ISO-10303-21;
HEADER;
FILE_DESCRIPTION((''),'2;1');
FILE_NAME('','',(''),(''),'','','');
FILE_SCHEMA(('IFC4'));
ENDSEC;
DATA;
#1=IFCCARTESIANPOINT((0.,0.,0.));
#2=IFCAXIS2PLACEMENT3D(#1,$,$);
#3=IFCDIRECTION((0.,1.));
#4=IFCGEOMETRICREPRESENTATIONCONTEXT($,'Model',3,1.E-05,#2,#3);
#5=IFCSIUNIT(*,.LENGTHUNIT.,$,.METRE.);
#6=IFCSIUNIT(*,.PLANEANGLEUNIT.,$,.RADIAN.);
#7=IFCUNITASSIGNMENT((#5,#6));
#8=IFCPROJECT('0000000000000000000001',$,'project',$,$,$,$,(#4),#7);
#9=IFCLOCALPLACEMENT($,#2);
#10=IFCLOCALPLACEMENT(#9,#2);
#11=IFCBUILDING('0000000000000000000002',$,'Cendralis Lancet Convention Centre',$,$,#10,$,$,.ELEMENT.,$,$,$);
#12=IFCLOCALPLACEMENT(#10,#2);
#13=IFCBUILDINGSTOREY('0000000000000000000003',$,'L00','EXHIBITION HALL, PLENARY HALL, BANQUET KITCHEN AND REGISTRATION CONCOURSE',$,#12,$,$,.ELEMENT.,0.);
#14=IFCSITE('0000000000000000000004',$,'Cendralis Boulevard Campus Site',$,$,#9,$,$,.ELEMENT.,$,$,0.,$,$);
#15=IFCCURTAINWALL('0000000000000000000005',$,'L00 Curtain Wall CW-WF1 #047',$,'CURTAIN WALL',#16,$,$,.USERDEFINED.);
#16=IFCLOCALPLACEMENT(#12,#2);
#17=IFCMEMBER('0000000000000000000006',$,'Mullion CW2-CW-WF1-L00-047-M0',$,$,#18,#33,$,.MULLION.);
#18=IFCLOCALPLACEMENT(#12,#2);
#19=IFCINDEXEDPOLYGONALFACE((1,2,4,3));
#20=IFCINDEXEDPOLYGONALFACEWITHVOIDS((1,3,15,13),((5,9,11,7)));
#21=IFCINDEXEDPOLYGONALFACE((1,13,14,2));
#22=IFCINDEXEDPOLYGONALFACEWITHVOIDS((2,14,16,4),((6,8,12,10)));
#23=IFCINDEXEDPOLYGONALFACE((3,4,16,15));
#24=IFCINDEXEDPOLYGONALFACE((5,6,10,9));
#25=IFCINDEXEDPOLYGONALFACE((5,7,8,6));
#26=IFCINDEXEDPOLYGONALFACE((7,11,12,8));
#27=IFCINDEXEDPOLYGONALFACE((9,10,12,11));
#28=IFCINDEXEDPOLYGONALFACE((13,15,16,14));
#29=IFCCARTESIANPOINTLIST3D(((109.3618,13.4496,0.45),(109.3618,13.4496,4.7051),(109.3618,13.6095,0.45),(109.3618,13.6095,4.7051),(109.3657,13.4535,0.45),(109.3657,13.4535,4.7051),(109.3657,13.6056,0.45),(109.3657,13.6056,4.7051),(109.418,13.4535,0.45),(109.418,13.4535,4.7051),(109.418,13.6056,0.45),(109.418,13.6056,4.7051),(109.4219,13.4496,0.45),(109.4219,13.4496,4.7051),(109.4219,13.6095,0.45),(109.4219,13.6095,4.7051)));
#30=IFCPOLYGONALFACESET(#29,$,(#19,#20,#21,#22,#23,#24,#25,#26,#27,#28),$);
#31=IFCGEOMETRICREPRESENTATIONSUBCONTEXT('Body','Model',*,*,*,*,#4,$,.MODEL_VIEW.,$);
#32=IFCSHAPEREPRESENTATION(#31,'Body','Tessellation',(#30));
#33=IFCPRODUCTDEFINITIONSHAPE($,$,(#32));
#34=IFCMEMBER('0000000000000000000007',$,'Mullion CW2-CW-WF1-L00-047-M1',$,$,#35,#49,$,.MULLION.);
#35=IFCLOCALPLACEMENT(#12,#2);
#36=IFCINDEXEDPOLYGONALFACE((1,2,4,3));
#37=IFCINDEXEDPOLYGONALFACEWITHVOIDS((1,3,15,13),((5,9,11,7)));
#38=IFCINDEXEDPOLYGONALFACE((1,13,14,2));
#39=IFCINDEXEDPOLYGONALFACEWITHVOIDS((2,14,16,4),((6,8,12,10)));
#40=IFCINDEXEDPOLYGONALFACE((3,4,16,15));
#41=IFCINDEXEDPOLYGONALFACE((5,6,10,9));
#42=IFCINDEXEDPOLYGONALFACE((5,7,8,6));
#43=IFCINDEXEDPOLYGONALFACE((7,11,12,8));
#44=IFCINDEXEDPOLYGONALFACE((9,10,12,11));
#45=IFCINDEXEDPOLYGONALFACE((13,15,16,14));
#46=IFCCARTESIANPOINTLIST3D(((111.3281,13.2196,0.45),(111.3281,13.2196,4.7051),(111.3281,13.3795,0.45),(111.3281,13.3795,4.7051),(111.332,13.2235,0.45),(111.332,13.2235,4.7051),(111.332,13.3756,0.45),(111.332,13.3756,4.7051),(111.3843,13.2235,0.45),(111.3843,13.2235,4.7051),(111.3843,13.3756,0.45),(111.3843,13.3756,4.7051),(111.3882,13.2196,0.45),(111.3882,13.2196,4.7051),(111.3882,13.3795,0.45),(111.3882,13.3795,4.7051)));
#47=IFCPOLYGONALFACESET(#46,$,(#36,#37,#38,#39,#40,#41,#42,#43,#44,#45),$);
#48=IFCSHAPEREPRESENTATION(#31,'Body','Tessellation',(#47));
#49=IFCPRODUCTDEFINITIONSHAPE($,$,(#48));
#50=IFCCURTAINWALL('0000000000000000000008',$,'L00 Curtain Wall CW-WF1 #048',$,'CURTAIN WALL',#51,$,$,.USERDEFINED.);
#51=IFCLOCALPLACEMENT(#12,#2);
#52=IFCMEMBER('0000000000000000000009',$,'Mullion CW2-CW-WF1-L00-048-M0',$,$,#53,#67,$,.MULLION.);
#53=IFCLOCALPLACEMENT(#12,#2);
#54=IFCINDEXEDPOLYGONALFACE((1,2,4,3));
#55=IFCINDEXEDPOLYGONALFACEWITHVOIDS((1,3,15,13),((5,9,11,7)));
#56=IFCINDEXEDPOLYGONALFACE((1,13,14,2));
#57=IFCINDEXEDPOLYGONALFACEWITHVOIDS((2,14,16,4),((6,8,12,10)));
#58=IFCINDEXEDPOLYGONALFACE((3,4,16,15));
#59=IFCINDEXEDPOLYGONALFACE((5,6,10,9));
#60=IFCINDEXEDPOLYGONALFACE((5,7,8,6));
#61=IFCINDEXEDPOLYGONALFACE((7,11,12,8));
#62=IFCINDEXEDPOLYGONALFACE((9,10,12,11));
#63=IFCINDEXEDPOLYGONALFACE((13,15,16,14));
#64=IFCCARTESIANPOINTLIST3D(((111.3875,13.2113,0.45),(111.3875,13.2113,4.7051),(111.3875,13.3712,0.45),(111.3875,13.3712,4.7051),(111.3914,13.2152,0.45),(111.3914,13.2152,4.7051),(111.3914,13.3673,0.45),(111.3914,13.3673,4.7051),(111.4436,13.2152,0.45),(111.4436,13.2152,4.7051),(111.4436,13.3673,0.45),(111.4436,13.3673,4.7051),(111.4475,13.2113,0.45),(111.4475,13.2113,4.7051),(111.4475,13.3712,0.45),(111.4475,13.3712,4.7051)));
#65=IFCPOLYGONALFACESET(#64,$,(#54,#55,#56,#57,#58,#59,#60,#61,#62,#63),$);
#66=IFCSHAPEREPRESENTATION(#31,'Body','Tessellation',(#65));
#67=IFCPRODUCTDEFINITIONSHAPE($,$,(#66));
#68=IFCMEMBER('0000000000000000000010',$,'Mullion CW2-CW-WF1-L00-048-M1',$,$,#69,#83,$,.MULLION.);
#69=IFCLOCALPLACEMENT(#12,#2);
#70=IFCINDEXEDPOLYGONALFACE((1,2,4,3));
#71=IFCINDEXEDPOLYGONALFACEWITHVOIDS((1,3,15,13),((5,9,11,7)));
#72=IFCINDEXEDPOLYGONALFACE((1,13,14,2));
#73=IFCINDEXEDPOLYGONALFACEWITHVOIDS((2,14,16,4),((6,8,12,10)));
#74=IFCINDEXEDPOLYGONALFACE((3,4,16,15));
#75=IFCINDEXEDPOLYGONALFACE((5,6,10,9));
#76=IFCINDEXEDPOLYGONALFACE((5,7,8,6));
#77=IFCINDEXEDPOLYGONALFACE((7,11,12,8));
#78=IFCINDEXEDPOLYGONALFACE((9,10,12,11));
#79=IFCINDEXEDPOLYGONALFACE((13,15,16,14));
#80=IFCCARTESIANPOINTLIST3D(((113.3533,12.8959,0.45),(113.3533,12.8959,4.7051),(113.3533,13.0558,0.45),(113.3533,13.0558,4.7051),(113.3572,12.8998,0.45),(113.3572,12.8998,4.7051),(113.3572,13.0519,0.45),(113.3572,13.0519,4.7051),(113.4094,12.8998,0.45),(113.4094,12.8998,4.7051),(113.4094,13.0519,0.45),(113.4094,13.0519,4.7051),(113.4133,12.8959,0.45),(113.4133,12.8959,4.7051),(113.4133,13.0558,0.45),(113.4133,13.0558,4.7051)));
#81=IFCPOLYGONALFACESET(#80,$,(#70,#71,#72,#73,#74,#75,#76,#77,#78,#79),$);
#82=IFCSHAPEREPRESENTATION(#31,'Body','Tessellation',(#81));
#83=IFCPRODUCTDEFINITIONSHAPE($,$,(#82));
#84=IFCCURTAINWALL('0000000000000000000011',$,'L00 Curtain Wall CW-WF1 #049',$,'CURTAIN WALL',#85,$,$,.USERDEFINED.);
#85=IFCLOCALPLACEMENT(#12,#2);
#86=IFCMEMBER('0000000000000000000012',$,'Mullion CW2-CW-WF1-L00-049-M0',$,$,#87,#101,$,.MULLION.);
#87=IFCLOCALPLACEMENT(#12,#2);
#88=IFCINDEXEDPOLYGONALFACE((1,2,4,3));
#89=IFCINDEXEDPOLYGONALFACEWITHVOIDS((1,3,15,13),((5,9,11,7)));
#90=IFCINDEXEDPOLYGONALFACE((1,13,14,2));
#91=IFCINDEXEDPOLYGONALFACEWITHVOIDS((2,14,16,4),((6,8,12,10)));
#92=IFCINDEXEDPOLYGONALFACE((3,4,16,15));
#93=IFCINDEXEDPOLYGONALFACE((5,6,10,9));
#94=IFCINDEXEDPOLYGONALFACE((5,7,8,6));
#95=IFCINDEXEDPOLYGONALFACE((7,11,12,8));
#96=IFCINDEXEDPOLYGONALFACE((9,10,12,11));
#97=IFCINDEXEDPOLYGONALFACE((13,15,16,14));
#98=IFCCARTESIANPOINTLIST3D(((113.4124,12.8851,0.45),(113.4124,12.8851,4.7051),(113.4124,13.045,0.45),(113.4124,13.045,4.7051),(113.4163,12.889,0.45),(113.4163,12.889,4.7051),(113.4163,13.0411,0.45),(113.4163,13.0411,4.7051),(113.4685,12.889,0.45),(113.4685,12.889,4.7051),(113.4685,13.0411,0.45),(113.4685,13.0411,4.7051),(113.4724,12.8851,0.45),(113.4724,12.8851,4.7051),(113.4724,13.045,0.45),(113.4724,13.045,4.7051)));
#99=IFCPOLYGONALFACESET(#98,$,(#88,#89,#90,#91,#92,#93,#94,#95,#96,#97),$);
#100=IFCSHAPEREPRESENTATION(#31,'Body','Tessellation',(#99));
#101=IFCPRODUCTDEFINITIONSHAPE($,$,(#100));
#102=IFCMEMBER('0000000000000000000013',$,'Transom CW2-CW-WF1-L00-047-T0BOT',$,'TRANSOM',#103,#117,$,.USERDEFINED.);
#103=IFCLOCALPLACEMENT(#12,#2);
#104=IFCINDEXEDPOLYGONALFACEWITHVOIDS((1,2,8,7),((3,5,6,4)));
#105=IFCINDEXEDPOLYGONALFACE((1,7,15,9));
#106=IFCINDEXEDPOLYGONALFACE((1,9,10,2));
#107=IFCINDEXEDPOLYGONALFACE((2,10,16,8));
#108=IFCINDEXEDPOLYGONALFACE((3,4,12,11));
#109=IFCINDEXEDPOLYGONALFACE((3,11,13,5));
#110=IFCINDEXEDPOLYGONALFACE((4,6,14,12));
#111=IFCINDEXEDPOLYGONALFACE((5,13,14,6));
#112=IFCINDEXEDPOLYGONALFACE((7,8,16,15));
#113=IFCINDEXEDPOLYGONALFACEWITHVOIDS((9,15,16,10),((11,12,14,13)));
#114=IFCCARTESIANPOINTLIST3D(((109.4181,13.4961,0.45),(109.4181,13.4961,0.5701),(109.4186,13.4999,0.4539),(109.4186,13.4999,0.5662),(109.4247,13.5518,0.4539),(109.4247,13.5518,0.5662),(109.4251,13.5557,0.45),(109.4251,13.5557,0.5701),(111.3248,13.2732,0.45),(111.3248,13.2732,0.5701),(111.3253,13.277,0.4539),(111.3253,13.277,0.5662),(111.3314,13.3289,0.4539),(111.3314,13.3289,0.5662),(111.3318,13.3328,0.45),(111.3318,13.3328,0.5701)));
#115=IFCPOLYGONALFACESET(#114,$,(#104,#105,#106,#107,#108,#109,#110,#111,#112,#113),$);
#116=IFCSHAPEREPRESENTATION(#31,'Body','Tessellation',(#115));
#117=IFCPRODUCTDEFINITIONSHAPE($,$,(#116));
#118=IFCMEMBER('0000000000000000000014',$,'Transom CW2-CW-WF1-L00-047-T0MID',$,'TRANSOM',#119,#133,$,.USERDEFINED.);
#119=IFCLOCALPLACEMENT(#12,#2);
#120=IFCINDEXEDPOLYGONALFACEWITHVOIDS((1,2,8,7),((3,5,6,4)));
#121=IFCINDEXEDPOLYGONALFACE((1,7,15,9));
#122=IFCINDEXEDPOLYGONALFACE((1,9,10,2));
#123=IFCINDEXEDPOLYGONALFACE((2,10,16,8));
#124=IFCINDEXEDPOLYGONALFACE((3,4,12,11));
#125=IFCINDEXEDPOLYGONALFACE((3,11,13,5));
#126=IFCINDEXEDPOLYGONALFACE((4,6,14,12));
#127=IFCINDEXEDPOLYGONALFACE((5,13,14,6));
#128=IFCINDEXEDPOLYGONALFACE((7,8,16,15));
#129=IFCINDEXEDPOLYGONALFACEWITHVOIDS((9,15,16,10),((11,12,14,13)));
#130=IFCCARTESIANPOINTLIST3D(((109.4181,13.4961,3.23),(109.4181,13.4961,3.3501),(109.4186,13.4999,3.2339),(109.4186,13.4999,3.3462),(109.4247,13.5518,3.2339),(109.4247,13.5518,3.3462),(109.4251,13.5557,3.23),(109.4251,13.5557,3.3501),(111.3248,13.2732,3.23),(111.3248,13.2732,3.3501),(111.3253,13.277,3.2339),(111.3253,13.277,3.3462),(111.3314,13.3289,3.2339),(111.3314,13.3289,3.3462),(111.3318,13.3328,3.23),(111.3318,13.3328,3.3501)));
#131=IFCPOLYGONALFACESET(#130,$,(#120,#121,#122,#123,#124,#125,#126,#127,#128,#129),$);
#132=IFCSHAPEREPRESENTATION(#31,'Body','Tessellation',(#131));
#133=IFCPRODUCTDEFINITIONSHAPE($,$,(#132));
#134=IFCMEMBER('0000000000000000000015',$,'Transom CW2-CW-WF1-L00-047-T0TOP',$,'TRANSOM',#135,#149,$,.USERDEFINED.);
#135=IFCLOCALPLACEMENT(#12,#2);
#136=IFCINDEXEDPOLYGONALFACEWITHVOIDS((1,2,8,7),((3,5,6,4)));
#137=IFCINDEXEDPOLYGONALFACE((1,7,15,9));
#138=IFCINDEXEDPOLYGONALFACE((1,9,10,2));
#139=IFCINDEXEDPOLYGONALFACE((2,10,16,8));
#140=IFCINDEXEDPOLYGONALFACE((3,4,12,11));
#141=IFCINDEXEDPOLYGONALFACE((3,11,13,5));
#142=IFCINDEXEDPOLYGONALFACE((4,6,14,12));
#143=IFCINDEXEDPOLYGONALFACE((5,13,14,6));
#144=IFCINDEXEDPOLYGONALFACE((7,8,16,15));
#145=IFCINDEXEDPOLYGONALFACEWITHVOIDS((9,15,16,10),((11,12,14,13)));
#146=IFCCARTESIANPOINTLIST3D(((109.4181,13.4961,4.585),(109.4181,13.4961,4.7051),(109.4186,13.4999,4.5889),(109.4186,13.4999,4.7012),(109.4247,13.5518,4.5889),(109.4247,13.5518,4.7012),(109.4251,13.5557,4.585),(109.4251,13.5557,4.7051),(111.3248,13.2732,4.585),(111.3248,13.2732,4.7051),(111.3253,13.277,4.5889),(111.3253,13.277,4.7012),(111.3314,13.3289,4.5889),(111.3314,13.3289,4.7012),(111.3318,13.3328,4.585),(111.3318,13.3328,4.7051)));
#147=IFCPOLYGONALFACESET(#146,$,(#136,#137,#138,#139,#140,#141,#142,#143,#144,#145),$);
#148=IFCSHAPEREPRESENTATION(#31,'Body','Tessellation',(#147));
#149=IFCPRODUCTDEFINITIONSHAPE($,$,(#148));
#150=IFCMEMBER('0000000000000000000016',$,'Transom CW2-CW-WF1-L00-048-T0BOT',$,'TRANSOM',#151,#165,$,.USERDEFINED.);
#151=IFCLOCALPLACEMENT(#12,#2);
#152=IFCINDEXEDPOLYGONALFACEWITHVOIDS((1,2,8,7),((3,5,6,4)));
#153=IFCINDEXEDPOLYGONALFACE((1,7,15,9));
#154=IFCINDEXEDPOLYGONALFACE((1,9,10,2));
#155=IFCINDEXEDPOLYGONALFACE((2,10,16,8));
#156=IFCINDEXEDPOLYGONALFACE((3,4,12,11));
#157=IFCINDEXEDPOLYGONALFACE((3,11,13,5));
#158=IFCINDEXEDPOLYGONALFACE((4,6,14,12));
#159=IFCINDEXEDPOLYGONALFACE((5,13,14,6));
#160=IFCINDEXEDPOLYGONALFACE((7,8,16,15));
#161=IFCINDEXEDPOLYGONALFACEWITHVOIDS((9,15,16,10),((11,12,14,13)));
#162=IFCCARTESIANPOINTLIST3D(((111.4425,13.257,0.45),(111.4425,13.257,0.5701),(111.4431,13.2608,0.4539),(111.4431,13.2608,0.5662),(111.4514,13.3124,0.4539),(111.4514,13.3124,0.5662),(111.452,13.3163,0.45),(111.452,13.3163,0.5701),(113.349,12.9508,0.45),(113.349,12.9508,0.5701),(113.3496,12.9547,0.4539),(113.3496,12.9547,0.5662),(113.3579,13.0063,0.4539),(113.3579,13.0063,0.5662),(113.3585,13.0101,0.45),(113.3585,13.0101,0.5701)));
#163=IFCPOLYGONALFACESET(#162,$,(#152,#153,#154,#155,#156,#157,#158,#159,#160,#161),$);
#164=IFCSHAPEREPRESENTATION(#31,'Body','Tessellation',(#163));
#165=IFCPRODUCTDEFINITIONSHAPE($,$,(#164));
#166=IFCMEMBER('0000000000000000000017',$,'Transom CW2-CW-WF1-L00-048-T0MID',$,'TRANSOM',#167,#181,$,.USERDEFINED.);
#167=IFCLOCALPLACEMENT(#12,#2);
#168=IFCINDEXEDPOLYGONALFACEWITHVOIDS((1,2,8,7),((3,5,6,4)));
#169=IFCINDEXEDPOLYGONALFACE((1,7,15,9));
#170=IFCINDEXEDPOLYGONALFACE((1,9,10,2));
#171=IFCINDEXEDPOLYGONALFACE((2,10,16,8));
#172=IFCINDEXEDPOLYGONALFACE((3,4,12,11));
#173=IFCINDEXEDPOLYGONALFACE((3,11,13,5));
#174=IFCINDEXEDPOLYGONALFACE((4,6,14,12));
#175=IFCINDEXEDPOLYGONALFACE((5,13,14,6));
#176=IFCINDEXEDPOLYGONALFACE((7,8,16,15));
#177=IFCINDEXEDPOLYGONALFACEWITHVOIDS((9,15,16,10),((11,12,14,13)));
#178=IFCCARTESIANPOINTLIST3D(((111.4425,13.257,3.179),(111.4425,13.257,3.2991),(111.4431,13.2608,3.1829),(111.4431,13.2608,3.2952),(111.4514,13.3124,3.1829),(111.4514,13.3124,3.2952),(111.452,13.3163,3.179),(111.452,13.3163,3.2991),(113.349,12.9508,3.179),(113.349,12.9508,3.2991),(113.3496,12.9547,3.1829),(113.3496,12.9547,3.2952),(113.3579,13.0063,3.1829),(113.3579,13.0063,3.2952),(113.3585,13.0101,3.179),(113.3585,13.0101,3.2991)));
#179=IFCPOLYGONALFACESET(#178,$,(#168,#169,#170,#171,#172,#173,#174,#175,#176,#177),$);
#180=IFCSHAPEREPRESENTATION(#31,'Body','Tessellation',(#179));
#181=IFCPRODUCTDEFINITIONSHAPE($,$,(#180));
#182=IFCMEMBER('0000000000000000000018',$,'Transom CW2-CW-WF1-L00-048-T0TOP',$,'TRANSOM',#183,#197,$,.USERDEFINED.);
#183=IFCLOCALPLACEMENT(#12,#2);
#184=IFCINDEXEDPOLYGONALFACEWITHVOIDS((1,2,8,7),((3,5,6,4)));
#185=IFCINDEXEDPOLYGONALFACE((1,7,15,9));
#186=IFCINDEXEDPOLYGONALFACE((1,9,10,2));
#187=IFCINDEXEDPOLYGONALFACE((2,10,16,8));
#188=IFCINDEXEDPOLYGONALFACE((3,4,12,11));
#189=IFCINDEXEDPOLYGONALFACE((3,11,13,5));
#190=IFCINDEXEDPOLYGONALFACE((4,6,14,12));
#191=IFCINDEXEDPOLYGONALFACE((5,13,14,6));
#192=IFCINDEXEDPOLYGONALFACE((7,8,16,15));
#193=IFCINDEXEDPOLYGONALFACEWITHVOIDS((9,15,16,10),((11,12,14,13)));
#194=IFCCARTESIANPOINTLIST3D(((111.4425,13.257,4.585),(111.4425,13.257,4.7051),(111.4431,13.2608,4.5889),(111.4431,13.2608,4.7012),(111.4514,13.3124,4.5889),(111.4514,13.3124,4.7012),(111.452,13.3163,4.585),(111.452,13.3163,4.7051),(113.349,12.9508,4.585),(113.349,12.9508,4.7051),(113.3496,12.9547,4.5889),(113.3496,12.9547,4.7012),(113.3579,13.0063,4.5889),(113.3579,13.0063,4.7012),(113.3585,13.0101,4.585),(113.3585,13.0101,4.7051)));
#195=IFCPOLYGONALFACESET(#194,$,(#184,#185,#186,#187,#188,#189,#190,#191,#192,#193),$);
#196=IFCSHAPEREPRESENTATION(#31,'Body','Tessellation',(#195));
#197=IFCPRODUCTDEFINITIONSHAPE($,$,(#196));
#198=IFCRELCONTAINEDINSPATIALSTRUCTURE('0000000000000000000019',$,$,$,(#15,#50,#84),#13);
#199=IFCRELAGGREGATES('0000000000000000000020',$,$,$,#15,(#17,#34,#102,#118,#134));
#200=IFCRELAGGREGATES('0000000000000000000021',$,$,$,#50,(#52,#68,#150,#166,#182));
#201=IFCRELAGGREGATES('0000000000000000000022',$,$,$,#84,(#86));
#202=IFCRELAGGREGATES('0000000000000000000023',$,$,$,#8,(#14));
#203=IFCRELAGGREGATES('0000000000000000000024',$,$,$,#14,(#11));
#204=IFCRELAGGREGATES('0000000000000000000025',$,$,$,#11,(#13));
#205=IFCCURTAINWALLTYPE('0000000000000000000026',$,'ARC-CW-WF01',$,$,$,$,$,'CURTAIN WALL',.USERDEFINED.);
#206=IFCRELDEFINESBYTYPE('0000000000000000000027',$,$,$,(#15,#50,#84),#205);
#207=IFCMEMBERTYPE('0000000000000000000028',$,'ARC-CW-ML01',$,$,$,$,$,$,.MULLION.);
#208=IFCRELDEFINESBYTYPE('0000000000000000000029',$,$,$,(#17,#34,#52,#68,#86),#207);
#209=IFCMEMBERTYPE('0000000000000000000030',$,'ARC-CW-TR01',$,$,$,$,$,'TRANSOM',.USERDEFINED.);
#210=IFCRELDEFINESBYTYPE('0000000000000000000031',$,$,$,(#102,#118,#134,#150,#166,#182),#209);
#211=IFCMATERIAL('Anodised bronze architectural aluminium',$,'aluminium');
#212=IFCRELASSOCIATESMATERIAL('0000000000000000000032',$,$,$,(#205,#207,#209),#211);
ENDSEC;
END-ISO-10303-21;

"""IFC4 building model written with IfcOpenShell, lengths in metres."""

from ifc_helpers import new_model, si_unit, direction, frame, origin, origin_2d, place, context, subcontext, project, spatial, hollow_rectangle, extrude, material, material_profile, profile_set, type_object, element, aggregate, save


model = new_model("IFC4")

# Units and contexts
model_context = context("Model", 3, precision=1e-05, world=origin(), true_north=direction((0.0, 1.0)))
body_context = subcontext(model_context, "Body", "Model", "MODEL_VIEW")
ifc_project = project(units=[si_unit("LENGTHUNIT", "METRE"), si_unit("PLANEANGLEUNIT", "RADIAN")], contexts=[model_context])

# Site, building, storey
site_placement = place(None, origin())
site = spatial("IfcSite", under=ifc_project, at=site_placement, Name="Cendralis Boulevard Campus Site", CompositionType="ELEMENT", RefElevation=0.0)
building_placement = place(site_placement, origin())
building = spatial("IfcBuilding", under=site, at=building_placement, Name="Cendralis Lancet Convention Centre", CompositionType="ELEMENT")
storey_placement = place(building_placement, origin())
storey = spatial("IfcBuildingStorey", under=building, at=storey_placement, Name="L00", Description="EXHIBITION HALL, PLENARY HALL, BANQUET KITCHEN AND REGISTRATION CONCOURSE", CompositionType="ELEMENT", Elevation=0.0)

# Shared definitions
ifc_material_1 = material(Name="Anodised bronze architectural aluminium", Category="aluminium")
curtain_wall_type = type_object("IfcCurtainWallType", Name="ARC-CW-WF01", ElementType="CURTAIN WALL", PredefinedType="USERDEFINED", material=ifc_material_1)
ifc_material_profile_1 = material_profile(ifc_material_1, hollow_rectangle(XDim=0.0601, YDim=0.1599, WallThickness=0.0039, at=origin_2d()), Name="AL-MULL 60x160x4.0")
ifc_profile_set_1 = profile_set([ifc_material_profile_1], Name="Anodised bronze architectural aluminium")
member_type_1 = type_object("IfcMemberType", Name="ARC-CW-ML01", PredefinedType="MULLION", material=ifc_profile_set_1)

# Curtain walls, members
curtain_wall_1_placement = place(storey_placement, origin())
curtain_wall_1 = element("IfcCurtainWall", 1, at=curtain_wall_1_placement, inside=storey, type_object=curtain_wall_type, Name="L00 Curtain Wall CW-WF1 #047", ObjectType="CURTAIN WALL", PredefinedType="USERDEFINED")
member_1_placement = place(storey_placement, frame((109.3918, 13.5295, 0.45), z_axis=(0.0, 0.0, 1.0), x_axis=(1.0, 0.0, 0.0)))
member_1 = element("IfcMember", 2, at=member_1_placement, type_object=member_type_1, Name="Mullion CW2-CW-WF1-L00-047-M0", PredefinedType="MULLION", context=body_context, shape_type="SweptSolid", body=[
    extrude(hollow_rectangle(XDim=0.0601, YDim=0.1599, WallThickness=0.0039, at=origin_2d()), origin(), (0.0, 0.0, 1.0), 4.2551),
])
member_2_placement = place(storey_placement, frame((111.3582, 13.2996, 0.45), z_axis=(0.0, 0.0, 1.0), x_axis=(1.0, 0.0, 0.0)))
member_2 = element("IfcMember", 3, at=member_2_placement, type_object=member_type_1, Name="Mullion CW2-CW-WF1-L00-047-M1", PredefinedType="MULLION", context=body_context, shape_type="SweptSolid", body=[
    extrude(hollow_rectangle(XDim=0.0601, YDim=0.1599, WallThickness=0.0039, at=origin_2d()), origin(), (0.0, 0.0, 1.0), 4.2551),
])
curtain_wall_2_placement = place(storey_placement, origin())
curtain_wall_2 = element("IfcCurtainWall", 4, at=curtain_wall_2_placement, inside=storey, type_object=curtain_wall_type, Name="L00 Curtain Wall CW-WF1 #048", ObjectType="CURTAIN WALL", PredefinedType="USERDEFINED")
member_3_placement = place(storey_placement, frame((111.4175, 13.2913, 0.45), z_axis=(0.0, 0.0, 1.0), x_axis=(1.0, 0.0, 0.0)))
member_3 = element("IfcMember", 5, at=member_3_placement, type_object=member_type_1, Name="Mullion CW2-CW-WF1-L00-048-M0", PredefinedType="MULLION", context=body_context, shape_type="SweptSolid", body=[
    extrude(hollow_rectangle(XDim=0.0601, YDim=0.1599, WallThickness=0.0039, at=origin_2d()), origin(), (0.0, 0.0, 1.0), 4.2551),
])
member_4_placement = place(storey_placement, frame((113.3833, 12.9758, 0.45), z_axis=(0.0, 0.0, 1.0), x_axis=(1.0, 0.0, 0.0)))
member_4 = element("IfcMember", 6, at=member_4_placement, type_object=member_type_1, Name="Mullion CW2-CW-WF1-L00-048-M1", PredefinedType="MULLION", context=body_context, shape_type="SweptSolid", body=[
    extrude(hollow_rectangle(XDim=0.0601, YDim=0.1599, WallThickness=0.0039, at=origin_2d()), origin(), (0.0, 0.0, 1.0), 4.2551),
])

# Curtain wall, member
curtain_wall_3_placement = place(storey_placement, origin())
curtain_wall_3 = element("IfcCurtainWall", 7, at=curtain_wall_3_placement, inside=storey, type_object=curtain_wall_type, Name="L00 Curtain Wall CW-WF1 #049", ObjectType="CURTAIN WALL", PredefinedType="USERDEFINED")
member_5_placement = place(storey_placement, frame((113.4424, 12.9651, 0.45), z_axis=(0.0, 0.0, 1.0), x_axis=(1.0, 0.0, 0.0)))
member_5 = element("IfcMember", 8, at=member_5_placement, type_object=member_type_1, Name="Mullion CW2-CW-WF1-L00-049-M0", PredefinedType="MULLION", context=body_context, shape_type="SweptSolid", body=[
    extrude(hollow_rectangle(XDim=0.0601, YDim=0.1599, WallThickness=0.0039, at=origin_2d()), origin(), (0.0, 0.0, 1.0), 4.2551),
])

# Members
ifc_material_profile_2 = material_profile(ifc_material_1, hollow_rectangle(XDim=0.0601, YDim=0.1201, WallThickness=0.0039, at=origin_2d()), Name="AL-TRAN 60x120x4.0")
ifc_profile_set_2 = profile_set([ifc_material_profile_2], Name="Anodised bronze architectural aluminium")
member_type_2 = type_object("IfcMemberType", Name="ARC-CW-TR01", ElementType="TRANSOM", PredefinedType="USERDEFINED", material=ifc_profile_set_2)
member_6_placement = place(storey_placement, frame((109.4216, 13.5259, 0.51), z_axis=(0.993236, -0.116111, 0.0), x_axis=(0.116111, 0.993236, 0.0)))
member_6 = element("IfcMember", 9, at=member_6_placement, type_object=member_type_2, Name="Transom CW2-CW-WF1-L00-047-T0BOT", ObjectType="TRANSOM", PredefinedType="USERDEFINED", context=body_context, shape_type="SweptSolid", body=[
    extrude(hollow_rectangle(XDim=0.0601, YDim=0.1201, WallThickness=0.0039, at=origin_2d()), origin(), (0.0, 0.0, 1.0), 1.9197),
])
member_7_placement = place(storey_placement, frame((109.4216, 13.5259, 3.29), z_axis=(0.993236, -0.116111, 0.0), x_axis=(0.116111, 0.993236, 0.0)))
member_7 = element("IfcMember", 10, at=member_7_placement, type_object=member_type_2, Name="Transom CW2-CW-WF1-L00-047-T0MID", ObjectType="TRANSOM", PredefinedType="USERDEFINED", context=body_context, shape_type="SweptSolid", body=[
    extrude(hollow_rectangle(XDim=0.0601, YDim=0.1201, WallThickness=0.0039, at=origin_2d()), origin(), (0.0, 0.0, 1.0), 1.9197),
])
member_8_placement = place(storey_placement, frame((109.4216, 13.5259, 4.645), z_axis=(0.993236, -0.116111, 0.0), x_axis=(0.116111, 0.993236, 0.0)))
member_8 = element("IfcMember", 11, at=member_8_placement, type_object=member_type_2, Name="Transom CW2-CW-WF1-L00-047-T0TOP", ObjectType="TRANSOM", PredefinedType="USERDEFINED", context=body_context, shape_type="SweptSolid", body=[
    extrude(hollow_rectangle(XDim=0.0601, YDim=0.1201, WallThickness=0.0039, at=origin_2d()), origin(), (0.0, 0.0, 1.0), 1.9197),
])
member_9_placement = place(storey_placement, frame((111.4473, 13.2866, 0.51), z_axis=(0.987351, -0.158553, 0.0), x_axis=(0.158553, 0.987351, 0.0)))
member_9 = element("IfcMember", 12, at=member_9_placement, type_object=member_type_2, Name="Transom CW2-CW-WF1-L00-048-T0BOT", ObjectType="TRANSOM", PredefinedType="USERDEFINED", context=body_context, shape_type="SweptSolid", body=[
    extrude(hollow_rectangle(XDim=0.0601, YDim=0.1201, WallThickness=0.0039, at=origin_2d()), origin(), (0.0, 0.0, 1.0), 1.9309),
])
member_10_placement = place(storey_placement, frame((111.4473, 13.2866, 3.239), z_axis=(0.987351, -0.158553, 0.0), x_axis=(0.158553, 0.987351, 0.0)))
member_10 = element("IfcMember", 13, at=member_10_placement, type_object=member_type_2, Name="Transom CW2-CW-WF1-L00-048-T0MID", ObjectType="TRANSOM", PredefinedType="USERDEFINED", context=body_context, shape_type="SweptSolid", body=[
    extrude(hollow_rectangle(XDim=0.0601, YDim=0.1201, WallThickness=0.0039, at=origin_2d()), origin(), (0.0, 0.0, 1.0), 1.9309),
])
member_11_placement = place(storey_placement, frame((111.4473, 13.2866, 4.645), z_axis=(0.987351, -0.158553, 0.0), x_axis=(0.158553, 0.987351, 0.0)))
member_11 = element("IfcMember", 14, at=member_11_placement, type_object=member_type_2, Name="Transom CW2-CW-WF1-L00-048-T0TOP", ObjectType="TRANSOM", PredefinedType="USERDEFINED", context=body_context, shape_type="SweptSolid", body=[
    extrude(hollow_rectangle(XDim=0.0601, YDim=0.1201, WallThickness=0.0039, at=origin_2d()), origin(), (0.0, 0.0, 1.0), 1.9309),
])

aggregate(curtain_wall_1, [member_1, member_2, member_6, member_7, member_8])
aggregate(curtain_wall_2, [member_3, member_4, member_9, member_10, member_11])
aggregate(curtain_wall_3, [member_5])

save(model, "model.ifc")
